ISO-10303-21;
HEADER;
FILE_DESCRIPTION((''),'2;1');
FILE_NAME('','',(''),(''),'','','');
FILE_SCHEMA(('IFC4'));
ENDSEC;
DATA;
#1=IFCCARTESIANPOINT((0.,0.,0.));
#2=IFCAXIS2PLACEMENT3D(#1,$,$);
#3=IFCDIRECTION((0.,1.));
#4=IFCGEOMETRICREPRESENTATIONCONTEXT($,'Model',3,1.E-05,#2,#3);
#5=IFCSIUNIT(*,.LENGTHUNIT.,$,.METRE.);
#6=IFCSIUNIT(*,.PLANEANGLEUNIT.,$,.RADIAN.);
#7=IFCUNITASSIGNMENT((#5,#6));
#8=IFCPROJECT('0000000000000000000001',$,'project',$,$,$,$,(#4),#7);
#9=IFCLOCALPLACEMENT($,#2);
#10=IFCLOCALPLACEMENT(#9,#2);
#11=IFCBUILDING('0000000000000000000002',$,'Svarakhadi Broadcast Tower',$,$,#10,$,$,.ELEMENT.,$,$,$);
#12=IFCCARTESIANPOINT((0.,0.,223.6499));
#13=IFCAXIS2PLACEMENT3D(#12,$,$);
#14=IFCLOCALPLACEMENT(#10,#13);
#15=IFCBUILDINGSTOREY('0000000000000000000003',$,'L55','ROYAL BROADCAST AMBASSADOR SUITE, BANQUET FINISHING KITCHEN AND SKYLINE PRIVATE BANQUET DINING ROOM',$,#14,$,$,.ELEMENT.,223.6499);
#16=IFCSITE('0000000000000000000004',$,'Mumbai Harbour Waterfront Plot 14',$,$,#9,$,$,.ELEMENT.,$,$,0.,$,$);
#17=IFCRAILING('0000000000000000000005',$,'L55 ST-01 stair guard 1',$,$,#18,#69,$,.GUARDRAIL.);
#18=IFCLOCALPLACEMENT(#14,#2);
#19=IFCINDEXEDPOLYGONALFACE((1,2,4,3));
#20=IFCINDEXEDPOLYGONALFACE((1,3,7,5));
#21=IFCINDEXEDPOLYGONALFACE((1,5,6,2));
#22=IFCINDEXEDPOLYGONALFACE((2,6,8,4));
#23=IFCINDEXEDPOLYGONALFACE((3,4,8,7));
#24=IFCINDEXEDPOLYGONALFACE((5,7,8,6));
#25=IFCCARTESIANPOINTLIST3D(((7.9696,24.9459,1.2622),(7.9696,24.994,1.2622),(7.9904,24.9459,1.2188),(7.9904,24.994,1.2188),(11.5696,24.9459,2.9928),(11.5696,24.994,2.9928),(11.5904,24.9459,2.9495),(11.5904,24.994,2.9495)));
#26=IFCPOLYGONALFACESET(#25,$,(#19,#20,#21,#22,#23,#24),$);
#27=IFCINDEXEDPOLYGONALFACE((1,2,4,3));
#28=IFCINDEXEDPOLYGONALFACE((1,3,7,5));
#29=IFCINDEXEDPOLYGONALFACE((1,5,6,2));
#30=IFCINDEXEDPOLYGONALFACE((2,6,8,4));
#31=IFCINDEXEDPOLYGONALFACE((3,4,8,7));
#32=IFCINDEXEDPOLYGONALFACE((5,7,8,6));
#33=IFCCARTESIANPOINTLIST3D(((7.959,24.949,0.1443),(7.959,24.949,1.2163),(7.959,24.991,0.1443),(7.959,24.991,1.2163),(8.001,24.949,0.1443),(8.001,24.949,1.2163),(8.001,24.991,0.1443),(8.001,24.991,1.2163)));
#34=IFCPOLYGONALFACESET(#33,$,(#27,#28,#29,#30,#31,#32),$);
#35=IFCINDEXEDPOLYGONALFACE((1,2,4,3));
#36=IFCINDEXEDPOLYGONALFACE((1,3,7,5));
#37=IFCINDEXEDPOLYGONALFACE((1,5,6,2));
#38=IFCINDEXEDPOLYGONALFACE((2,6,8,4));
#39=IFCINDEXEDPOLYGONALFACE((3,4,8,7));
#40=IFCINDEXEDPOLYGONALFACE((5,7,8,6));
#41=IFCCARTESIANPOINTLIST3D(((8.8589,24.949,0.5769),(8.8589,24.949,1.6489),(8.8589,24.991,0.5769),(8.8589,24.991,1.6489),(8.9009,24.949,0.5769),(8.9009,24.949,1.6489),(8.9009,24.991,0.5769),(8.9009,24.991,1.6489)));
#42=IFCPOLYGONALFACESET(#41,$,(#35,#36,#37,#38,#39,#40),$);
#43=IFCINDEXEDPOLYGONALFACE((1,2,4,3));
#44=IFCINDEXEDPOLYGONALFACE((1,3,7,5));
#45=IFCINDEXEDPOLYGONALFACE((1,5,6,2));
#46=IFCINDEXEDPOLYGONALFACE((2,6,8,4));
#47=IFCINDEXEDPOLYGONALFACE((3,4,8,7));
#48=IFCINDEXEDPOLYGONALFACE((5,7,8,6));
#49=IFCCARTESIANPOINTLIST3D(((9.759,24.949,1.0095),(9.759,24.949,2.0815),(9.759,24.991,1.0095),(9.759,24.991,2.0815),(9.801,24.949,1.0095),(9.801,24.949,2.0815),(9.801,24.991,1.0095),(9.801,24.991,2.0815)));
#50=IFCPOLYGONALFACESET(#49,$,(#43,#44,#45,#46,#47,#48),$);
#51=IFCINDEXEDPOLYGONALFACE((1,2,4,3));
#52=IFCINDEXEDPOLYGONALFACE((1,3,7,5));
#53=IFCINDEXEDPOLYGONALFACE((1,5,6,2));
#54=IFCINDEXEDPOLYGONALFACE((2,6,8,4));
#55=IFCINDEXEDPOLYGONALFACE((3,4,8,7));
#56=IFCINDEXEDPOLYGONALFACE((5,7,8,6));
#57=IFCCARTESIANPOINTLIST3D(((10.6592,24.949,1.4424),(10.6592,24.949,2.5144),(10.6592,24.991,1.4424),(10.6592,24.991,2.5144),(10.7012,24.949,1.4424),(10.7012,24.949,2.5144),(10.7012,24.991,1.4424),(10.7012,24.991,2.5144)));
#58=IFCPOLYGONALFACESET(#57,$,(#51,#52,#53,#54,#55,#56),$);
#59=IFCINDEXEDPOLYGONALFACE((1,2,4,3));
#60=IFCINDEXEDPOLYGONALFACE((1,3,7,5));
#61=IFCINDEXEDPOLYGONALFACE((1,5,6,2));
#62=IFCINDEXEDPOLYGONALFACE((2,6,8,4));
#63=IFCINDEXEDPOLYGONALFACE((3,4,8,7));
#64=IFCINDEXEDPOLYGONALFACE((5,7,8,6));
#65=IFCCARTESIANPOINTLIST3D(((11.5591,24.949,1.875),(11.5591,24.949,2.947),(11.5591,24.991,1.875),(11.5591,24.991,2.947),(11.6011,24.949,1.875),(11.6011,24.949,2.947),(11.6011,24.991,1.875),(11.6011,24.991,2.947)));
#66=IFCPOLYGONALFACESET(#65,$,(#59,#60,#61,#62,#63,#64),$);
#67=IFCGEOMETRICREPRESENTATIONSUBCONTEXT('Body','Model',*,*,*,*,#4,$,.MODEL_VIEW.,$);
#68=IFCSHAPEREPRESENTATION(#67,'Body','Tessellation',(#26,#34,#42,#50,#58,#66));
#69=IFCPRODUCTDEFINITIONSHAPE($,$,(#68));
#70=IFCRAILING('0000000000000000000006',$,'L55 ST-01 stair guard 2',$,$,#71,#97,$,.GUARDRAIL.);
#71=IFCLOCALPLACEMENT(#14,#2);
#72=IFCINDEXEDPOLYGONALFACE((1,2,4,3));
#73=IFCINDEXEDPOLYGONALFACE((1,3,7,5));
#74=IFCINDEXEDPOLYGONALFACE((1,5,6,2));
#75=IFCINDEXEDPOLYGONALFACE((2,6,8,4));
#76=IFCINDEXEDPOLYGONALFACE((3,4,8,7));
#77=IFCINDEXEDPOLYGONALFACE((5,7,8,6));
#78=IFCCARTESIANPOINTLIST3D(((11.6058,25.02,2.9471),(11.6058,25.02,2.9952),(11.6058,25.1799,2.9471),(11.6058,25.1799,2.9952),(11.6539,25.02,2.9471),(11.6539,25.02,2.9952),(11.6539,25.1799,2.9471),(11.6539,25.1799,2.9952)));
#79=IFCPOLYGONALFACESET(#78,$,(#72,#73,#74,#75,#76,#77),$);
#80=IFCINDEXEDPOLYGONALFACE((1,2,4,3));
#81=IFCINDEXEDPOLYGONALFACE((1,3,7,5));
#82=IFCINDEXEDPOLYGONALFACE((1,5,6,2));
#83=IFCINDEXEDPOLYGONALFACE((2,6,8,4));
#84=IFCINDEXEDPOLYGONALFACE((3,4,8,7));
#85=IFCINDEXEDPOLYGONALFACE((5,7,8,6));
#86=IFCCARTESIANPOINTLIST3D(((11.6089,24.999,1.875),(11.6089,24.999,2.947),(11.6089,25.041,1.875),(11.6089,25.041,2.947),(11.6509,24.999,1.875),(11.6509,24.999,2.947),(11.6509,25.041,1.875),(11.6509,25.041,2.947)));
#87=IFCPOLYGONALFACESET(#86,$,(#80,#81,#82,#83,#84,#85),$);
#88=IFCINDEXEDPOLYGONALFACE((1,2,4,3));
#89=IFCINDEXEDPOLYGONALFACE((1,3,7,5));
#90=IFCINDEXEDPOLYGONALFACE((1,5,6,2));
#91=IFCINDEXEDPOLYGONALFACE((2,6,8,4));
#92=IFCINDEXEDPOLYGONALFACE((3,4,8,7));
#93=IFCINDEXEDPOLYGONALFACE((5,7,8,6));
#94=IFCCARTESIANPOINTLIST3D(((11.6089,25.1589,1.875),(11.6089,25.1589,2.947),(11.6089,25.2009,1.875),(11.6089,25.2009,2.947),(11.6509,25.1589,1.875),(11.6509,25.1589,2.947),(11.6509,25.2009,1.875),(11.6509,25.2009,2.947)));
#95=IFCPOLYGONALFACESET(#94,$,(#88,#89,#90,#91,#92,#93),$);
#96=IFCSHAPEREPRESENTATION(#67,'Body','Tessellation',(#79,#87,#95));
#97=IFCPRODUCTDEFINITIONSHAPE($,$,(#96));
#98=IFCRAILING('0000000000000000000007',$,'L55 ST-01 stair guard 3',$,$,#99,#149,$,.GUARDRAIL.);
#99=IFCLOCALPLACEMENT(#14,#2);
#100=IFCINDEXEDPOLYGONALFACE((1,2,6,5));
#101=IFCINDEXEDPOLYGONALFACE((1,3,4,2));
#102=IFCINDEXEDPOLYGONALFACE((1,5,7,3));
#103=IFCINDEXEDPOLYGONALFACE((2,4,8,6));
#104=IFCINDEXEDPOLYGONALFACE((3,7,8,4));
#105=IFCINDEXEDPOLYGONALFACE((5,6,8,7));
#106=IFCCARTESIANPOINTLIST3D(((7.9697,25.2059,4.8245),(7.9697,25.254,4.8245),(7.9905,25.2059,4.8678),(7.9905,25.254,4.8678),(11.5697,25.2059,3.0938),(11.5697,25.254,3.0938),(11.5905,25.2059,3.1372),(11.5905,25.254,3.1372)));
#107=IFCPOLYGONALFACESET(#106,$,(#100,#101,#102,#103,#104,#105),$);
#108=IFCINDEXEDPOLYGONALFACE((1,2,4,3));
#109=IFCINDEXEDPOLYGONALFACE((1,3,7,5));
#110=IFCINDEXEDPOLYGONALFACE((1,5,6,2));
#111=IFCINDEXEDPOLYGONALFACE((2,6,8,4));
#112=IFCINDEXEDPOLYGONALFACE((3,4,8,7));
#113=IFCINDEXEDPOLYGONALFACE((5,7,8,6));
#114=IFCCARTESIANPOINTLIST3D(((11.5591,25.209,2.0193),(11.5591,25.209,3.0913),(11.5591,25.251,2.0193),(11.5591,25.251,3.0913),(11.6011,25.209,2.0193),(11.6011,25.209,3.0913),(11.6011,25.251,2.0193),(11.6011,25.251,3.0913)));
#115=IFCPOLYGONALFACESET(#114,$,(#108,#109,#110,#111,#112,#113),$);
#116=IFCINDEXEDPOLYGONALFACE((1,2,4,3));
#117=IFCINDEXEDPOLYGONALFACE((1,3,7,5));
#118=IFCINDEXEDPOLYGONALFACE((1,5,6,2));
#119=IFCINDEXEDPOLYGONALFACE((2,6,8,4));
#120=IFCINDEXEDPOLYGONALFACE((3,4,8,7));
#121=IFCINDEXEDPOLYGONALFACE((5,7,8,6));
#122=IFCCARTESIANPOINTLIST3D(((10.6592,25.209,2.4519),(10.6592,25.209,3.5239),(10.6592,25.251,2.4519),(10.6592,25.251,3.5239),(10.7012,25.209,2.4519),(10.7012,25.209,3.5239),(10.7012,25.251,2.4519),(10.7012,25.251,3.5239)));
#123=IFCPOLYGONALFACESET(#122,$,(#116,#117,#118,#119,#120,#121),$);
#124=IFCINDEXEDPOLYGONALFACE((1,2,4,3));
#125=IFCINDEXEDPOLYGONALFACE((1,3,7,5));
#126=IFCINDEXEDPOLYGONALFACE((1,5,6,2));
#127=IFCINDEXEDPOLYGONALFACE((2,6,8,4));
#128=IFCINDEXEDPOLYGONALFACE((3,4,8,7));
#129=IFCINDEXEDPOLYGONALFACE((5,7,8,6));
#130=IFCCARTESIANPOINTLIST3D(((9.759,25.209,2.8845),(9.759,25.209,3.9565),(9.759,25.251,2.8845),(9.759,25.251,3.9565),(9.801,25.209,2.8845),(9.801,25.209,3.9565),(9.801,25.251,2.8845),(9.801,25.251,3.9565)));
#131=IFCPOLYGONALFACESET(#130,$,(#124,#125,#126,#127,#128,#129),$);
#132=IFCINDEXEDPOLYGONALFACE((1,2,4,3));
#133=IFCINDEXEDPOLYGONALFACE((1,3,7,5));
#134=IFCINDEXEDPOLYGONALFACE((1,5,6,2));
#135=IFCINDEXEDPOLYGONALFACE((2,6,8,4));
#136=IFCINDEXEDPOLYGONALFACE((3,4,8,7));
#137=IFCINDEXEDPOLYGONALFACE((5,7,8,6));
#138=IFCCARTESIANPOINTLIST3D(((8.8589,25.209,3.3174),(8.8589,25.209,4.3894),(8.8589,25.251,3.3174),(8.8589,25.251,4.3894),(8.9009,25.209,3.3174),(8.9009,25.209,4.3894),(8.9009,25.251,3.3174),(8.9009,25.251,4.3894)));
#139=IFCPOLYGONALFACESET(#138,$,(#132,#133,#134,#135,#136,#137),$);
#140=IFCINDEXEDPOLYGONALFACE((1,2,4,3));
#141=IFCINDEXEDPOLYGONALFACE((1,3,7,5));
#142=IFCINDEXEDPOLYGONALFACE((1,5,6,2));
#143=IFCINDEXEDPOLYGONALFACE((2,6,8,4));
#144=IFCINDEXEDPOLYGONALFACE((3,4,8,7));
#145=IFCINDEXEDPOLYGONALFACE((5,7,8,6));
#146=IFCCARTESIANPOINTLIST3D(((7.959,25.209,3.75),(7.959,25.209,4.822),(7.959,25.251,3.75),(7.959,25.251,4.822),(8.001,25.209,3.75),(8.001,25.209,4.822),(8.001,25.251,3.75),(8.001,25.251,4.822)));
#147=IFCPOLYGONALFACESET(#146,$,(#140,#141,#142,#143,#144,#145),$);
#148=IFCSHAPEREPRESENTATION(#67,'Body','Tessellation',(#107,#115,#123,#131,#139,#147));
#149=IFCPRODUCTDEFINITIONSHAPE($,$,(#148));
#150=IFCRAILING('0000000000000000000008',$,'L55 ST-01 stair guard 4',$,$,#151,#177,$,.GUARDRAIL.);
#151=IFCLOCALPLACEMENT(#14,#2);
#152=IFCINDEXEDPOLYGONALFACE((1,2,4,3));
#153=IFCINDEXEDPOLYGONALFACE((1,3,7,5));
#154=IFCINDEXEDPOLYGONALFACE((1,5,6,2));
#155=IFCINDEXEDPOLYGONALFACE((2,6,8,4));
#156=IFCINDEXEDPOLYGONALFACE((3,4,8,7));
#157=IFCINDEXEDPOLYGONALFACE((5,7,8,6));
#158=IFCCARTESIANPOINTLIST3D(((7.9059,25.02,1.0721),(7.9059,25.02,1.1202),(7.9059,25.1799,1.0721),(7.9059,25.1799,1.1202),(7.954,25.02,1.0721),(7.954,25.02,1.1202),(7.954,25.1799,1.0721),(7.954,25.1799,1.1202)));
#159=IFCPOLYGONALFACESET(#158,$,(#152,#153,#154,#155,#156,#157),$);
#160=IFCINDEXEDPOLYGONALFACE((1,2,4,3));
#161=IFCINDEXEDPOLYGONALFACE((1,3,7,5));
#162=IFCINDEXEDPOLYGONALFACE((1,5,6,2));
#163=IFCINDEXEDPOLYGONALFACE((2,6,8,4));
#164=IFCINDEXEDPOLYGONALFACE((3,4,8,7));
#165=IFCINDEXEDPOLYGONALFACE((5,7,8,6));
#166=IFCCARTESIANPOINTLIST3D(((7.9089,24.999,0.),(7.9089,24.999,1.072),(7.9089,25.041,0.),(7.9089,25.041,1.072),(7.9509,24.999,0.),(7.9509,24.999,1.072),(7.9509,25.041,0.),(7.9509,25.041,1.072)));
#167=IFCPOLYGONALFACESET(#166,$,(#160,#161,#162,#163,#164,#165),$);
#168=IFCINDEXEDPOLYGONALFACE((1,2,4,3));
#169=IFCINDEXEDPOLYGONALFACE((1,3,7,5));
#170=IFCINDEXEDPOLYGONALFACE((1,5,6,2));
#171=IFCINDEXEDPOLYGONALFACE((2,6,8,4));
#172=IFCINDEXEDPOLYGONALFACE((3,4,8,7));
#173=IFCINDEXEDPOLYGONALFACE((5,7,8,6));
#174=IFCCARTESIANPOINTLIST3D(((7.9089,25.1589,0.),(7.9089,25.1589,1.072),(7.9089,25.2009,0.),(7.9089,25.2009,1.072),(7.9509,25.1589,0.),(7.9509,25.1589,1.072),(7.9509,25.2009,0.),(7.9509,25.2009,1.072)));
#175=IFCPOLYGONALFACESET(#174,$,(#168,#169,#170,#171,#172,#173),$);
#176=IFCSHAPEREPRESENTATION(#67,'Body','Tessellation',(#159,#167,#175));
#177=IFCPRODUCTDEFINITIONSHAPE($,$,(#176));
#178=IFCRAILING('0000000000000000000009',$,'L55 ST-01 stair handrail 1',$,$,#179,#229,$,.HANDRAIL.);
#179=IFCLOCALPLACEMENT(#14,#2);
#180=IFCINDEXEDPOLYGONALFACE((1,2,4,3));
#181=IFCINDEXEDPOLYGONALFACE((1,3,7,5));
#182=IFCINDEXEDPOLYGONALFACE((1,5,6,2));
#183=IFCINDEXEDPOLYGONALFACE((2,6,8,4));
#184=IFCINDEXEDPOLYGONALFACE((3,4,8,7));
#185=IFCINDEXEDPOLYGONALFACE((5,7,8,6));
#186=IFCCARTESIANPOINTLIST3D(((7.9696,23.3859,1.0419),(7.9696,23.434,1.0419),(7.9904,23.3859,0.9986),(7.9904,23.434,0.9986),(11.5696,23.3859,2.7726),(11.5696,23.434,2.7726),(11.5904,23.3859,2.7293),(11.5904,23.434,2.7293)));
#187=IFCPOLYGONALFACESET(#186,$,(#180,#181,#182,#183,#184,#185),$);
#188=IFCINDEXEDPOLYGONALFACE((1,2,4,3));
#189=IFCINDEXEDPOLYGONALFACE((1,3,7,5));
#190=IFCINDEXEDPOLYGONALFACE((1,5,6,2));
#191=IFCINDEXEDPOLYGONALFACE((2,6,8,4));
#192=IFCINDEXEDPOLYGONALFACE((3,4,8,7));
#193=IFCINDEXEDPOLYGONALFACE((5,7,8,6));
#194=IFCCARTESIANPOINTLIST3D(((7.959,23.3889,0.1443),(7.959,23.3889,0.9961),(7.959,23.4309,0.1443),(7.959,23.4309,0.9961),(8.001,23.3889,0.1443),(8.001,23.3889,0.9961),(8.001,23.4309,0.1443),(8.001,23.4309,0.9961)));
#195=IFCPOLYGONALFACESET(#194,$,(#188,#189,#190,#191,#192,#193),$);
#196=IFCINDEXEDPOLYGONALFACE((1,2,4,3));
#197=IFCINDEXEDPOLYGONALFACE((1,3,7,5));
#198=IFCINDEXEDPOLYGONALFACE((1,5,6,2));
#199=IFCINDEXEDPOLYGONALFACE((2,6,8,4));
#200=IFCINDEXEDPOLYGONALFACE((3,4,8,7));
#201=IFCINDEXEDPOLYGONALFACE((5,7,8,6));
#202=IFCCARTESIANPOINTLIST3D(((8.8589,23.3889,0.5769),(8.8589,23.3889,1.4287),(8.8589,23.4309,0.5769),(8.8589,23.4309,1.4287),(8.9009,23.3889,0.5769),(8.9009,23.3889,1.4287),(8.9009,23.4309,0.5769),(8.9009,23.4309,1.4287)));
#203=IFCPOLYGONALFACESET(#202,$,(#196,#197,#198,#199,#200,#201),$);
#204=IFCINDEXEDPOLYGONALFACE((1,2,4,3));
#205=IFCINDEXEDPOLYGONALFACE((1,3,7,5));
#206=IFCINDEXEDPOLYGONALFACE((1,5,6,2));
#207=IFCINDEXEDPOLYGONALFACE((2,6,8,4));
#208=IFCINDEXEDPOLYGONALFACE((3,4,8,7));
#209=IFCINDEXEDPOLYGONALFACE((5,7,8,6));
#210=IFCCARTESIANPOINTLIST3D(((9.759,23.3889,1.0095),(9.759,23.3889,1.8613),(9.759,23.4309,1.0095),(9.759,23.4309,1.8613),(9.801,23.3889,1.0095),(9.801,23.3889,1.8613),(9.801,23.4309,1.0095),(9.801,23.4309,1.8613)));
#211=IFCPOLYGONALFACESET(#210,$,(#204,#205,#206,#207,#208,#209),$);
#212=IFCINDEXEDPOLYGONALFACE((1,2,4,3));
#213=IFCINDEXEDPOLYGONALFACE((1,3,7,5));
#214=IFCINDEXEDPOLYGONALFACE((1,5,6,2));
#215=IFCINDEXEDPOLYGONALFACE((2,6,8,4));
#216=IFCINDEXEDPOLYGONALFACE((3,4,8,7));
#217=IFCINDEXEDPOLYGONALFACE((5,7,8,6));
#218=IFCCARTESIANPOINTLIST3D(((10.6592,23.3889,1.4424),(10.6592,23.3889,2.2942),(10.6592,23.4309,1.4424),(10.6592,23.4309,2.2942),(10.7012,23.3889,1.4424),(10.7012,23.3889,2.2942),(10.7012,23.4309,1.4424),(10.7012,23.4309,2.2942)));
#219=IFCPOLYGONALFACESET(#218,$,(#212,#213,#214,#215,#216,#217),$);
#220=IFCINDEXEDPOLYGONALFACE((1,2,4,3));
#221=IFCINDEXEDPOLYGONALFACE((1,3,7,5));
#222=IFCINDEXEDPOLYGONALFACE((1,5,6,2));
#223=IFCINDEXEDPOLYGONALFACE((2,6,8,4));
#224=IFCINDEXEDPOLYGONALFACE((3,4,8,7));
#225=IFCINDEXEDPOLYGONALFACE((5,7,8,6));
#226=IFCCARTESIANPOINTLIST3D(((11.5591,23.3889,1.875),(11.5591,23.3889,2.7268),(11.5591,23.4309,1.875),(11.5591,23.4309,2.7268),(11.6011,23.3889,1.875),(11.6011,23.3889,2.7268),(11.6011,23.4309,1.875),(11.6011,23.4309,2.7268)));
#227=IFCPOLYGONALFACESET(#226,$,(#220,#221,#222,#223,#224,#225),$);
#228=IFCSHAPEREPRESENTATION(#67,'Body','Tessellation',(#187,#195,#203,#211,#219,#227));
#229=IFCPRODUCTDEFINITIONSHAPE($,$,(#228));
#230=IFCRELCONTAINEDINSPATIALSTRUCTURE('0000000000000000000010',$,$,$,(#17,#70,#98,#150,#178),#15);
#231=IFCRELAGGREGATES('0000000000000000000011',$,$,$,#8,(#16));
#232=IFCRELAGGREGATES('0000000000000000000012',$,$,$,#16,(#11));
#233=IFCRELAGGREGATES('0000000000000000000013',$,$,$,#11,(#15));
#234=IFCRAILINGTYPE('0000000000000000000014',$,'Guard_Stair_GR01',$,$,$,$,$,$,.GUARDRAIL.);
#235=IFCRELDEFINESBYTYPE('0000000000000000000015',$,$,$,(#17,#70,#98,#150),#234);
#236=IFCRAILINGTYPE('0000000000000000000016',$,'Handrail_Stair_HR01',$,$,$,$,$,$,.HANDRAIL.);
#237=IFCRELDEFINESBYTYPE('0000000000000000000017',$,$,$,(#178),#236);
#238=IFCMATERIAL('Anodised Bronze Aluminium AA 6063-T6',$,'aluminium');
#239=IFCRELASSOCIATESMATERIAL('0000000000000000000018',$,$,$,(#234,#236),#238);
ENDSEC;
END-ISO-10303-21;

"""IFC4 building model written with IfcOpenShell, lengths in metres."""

from ifc_helpers import new_model, si_unit, direction, frame, origin, origin_2d, place, context, subcontext, project, spatial, rectangle, extrude, material, type_object, element, save


model = new_model("IFC4")

# Units and contexts
model_context = context("Model", 3, precision=1e-05, world=origin(), true_north=direction((0.0, 1.0)))
body_context = subcontext(model_context, "Body", "Model", "MODEL_VIEW")
ifc_project = project(units=[si_unit("LENGTHUNIT", "METRE"), si_unit("PLANEANGLEUNIT", "RADIAN")], contexts=[model_context])

# Site, building, storey
site_placement = place(None, origin())
site = spatial("IfcSite", under=ifc_project, at=site_placement, Name="Mumbai Harbour Waterfront Plot 14", CompositionType="ELEMENT", RefElevation=0.0)
building_placement = place(site_placement, origin())
building = spatial("IfcBuilding", under=site, at=building_placement, Name="Svarakhadi Broadcast Tower", CompositionType="ELEMENT")
storey_placement = place(building_placement, frame((0.0, 0.0, 223.6499)))
storey = spatial("IfcBuildingStorey", under=building, at=storey_placement, Name="L55", Description="ROYAL BROADCAST AMBASSADOR SUITE, BANQUET FINISHING KITCHEN AND SKYLINE PRIVATE BANQUET DINING ROOM", CompositionType="ELEMENT", Elevation=223.6499)

# Railings
ifc_material_1 = material(Name="Anodised Bronze Aluminium AA 6063-T6", Category="aluminium")
railing_type_1 = type_object("IfcRailingType", Name="Guard_Stair_GR01", PredefinedType="GUARDRAIL", material=ifc_material_1)
railing_1_placement = place(storey_placement, frame((7.98, 24.97, 0.1443)))
element("IfcRailing", 1, at=railing_1_placement, inside=storey, type_object=railing_type_1, Name="L55 ST-01 stair guard 1", PredefinedType="GUARDRAIL", context=body_context, shape_type="SweptSolid", body=[
    extrude(rectangle(XDim=0.0481, YDim=0.0481, at=origin_2d()), frame((0.0, 0.0, 1.0962), z_axis=(0.901263, 0.0, 0.433273), x_axis=(0.0, 1.0, 0.0)), (0.0, 0.0, 1.0), 3.9944),
    extrude(rectangle(XDim=0.042, YDim=0.042, at=origin_2d()), origin(), (0.0, 0.0, 1.0), 1.072),
    extrude(rectangle(XDim=0.042, YDim=0.042, at=origin_2d()), frame((0.8999, 0.0, 0.4326)), (0.0, 0.0, 1.0), 1.072),
    extrude(rectangle(XDim=0.042, YDim=0.042, at=origin_2d()), frame((1.8, 0.0, 0.8652)), (0.0, 0.0, 1.0), 1.072),
    extrude(rectangle(XDim=0.042, YDim=0.042, at=origin_2d()), frame((2.7002, 0.0, 1.2981)), (0.0, 0.0, 1.0), 1.072),
    extrude(rectangle(XDim=0.042, YDim=0.042, at=origin_2d()), frame((3.6001, 0.0, 1.7307)), (0.0, 0.0, 1.0), 1.072),
])
railing_2_placement = place(storey_placement, frame((11.6299, 25.02, 1.875)))
element("IfcRailing", 2, at=railing_2_placement, inside=storey, type_object=railing_type_1, Name="L55 ST-01 stair guard 2", PredefinedType="GUARDRAIL", context=body_context, shape_type="SweptSolid", body=[
    extrude(rectangle(XDim=0.0481, YDim=0.0481, at=origin_2d()), frame((0.0, 0.0, 1.0962), z_axis=(0.0, 1.0, 0.0), x_axis=(-1.0, 0.0, 0.0)), (0.0, 0.0, 1.0), 0.1599),
    extrude(rectangle(XDim=0.042, YDim=0.042, at=origin_2d()), origin(), (0.0, 0.0, 1.0), 1.072),
    extrude(rectangle(XDim=0.042, YDim=0.042, at=origin_2d()), frame((0.0, 0.1599, 0.0)), (0.0, 0.0, 1.0), 1.072),
])
railing_3_placement = place(storey_placement, frame((11.5801, 25.23, 2.0193)))
element("IfcRailing", 3, at=railing_3_placement, inside=storey, type_object=railing_type_1, Name="L55 ST-01 stair guard 3", PredefinedType="GUARDRAIL", context=body_context, shape_type="SweptSolid", body=[
    extrude(rectangle(XDim=0.0481, YDim=0.0481, at=origin_2d()), frame((0.0, 0.0, 1.0962), z_axis=(-0.901263, 0.0, 0.433273), x_axis=(0.0, -1.0, 0.0)), (0.0, 0.0, 1.0), 3.9944),
    extrude(rectangle(XDim=0.042, YDim=0.042, at=origin_2d()), origin(), (0.0, 0.0, 1.0), 1.072),
    extrude(rectangle(XDim=0.042, YDim=0.042, at=origin_2d()), frame((-0.8999, 0.0, 0.4326)), (0.0, 0.0, 1.0), 1.072),
    extrude(rectangle(XDim=0.042, YDim=0.042, at=origin_2d()), frame((-1.8, 0.0, 0.8652)), (0.0, 0.0, 1.0), 1.072),
    extrude(rectangle(XDim=0.042, YDim=0.042, at=origin_2d()), frame((-2.7002, 0.0, 1.2981)), (0.0, 0.0, 1.0), 1.072),
    extrude(rectangle(XDim=0.042, YDim=0.042, at=origin_2d()), frame((-3.6001, 0.0, 1.7307)), (0.0, 0.0, 1.0), 1.072),
])
railing_4_placement = place(storey_placement, frame((7.9299, 25.02, 0.0)))
element("IfcRailing", 4, at=railing_4_placement, inside=storey, type_object=railing_type_1, Name="L55 ST-01 stair guard 4", PredefinedType="GUARDRAIL", context=body_context, shape_type="SweptSolid", body=[
    extrude(rectangle(XDim=0.0481, YDim=0.0481, at=origin_2d()), frame((0.0, 0.0, 1.0962), z_axis=(0.0, 1.0, 0.0), x_axis=(-1.0, 0.0, 0.0)), (0.0, 0.0, 1.0), 0.1599),
    extrude(rectangle(XDim=0.042, YDim=0.042, at=origin_2d()), origin(), (0.0, 0.0, 1.0), 1.072),
    extrude(rectangle(XDim=0.042, YDim=0.042, at=origin_2d()), frame((0.0, 0.1599, 0.0)), (0.0, 0.0, 1.0), 1.072),
])
railing_type_2 = type_object("IfcRailingType", Name="Handrail_Stair_HR01", PredefinedType="HANDRAIL", material=ifc_material_1)
railing_5_placement = place(storey_placement, frame((7.98, 23.4099, 0.1443)))
element("IfcRailing", 5, at=railing_5_placement, inside=storey, type_object=railing_type_2, Name="L55 ST-01 stair handrail 1", PredefinedType="HANDRAIL", context=body_context, shape_type="SweptSolid", body=[
    extrude(rectangle(XDim=0.0481, YDim=0.0481, at=origin_2d()), frame((0.0, 0.0, 0.876), z_axis=(0.901263, 0.0, 0.433273), x_axis=(0.0, 1.0, 0.0)), (0.0, 0.0, 1.0), 3.9944),
    extrude(rectangle(XDim=0.042, YDim=0.042, at=origin_2d()), origin(), (0.0, 0.0, 1.0), 0.8518),
    extrude(rectangle(XDim=0.042, YDim=0.042, at=origin_2d()), frame((0.8999, 0.0, 0.4326)), (0.0, 0.0, 1.0), 0.8518),
    extrude(rectangle(XDim=0.042, YDim=0.042, at=origin_2d()), frame((1.8, 0.0, 0.8652)), (0.0, 0.0, 1.0), 0.8518),
    extrude(rectangle(XDim=0.042, YDim=0.042, at=origin_2d()), frame((2.7002, 0.0, 1.2981)), (0.0, 0.0, 1.0), 0.8518),
    extrude(rectangle(XDim=0.042, YDim=0.042, at=origin_2d()), frame((3.6001, 0.0, 1.7307)), (0.0, 0.0, 1.0), 0.8518),
])

save(model, "model.ifc")
